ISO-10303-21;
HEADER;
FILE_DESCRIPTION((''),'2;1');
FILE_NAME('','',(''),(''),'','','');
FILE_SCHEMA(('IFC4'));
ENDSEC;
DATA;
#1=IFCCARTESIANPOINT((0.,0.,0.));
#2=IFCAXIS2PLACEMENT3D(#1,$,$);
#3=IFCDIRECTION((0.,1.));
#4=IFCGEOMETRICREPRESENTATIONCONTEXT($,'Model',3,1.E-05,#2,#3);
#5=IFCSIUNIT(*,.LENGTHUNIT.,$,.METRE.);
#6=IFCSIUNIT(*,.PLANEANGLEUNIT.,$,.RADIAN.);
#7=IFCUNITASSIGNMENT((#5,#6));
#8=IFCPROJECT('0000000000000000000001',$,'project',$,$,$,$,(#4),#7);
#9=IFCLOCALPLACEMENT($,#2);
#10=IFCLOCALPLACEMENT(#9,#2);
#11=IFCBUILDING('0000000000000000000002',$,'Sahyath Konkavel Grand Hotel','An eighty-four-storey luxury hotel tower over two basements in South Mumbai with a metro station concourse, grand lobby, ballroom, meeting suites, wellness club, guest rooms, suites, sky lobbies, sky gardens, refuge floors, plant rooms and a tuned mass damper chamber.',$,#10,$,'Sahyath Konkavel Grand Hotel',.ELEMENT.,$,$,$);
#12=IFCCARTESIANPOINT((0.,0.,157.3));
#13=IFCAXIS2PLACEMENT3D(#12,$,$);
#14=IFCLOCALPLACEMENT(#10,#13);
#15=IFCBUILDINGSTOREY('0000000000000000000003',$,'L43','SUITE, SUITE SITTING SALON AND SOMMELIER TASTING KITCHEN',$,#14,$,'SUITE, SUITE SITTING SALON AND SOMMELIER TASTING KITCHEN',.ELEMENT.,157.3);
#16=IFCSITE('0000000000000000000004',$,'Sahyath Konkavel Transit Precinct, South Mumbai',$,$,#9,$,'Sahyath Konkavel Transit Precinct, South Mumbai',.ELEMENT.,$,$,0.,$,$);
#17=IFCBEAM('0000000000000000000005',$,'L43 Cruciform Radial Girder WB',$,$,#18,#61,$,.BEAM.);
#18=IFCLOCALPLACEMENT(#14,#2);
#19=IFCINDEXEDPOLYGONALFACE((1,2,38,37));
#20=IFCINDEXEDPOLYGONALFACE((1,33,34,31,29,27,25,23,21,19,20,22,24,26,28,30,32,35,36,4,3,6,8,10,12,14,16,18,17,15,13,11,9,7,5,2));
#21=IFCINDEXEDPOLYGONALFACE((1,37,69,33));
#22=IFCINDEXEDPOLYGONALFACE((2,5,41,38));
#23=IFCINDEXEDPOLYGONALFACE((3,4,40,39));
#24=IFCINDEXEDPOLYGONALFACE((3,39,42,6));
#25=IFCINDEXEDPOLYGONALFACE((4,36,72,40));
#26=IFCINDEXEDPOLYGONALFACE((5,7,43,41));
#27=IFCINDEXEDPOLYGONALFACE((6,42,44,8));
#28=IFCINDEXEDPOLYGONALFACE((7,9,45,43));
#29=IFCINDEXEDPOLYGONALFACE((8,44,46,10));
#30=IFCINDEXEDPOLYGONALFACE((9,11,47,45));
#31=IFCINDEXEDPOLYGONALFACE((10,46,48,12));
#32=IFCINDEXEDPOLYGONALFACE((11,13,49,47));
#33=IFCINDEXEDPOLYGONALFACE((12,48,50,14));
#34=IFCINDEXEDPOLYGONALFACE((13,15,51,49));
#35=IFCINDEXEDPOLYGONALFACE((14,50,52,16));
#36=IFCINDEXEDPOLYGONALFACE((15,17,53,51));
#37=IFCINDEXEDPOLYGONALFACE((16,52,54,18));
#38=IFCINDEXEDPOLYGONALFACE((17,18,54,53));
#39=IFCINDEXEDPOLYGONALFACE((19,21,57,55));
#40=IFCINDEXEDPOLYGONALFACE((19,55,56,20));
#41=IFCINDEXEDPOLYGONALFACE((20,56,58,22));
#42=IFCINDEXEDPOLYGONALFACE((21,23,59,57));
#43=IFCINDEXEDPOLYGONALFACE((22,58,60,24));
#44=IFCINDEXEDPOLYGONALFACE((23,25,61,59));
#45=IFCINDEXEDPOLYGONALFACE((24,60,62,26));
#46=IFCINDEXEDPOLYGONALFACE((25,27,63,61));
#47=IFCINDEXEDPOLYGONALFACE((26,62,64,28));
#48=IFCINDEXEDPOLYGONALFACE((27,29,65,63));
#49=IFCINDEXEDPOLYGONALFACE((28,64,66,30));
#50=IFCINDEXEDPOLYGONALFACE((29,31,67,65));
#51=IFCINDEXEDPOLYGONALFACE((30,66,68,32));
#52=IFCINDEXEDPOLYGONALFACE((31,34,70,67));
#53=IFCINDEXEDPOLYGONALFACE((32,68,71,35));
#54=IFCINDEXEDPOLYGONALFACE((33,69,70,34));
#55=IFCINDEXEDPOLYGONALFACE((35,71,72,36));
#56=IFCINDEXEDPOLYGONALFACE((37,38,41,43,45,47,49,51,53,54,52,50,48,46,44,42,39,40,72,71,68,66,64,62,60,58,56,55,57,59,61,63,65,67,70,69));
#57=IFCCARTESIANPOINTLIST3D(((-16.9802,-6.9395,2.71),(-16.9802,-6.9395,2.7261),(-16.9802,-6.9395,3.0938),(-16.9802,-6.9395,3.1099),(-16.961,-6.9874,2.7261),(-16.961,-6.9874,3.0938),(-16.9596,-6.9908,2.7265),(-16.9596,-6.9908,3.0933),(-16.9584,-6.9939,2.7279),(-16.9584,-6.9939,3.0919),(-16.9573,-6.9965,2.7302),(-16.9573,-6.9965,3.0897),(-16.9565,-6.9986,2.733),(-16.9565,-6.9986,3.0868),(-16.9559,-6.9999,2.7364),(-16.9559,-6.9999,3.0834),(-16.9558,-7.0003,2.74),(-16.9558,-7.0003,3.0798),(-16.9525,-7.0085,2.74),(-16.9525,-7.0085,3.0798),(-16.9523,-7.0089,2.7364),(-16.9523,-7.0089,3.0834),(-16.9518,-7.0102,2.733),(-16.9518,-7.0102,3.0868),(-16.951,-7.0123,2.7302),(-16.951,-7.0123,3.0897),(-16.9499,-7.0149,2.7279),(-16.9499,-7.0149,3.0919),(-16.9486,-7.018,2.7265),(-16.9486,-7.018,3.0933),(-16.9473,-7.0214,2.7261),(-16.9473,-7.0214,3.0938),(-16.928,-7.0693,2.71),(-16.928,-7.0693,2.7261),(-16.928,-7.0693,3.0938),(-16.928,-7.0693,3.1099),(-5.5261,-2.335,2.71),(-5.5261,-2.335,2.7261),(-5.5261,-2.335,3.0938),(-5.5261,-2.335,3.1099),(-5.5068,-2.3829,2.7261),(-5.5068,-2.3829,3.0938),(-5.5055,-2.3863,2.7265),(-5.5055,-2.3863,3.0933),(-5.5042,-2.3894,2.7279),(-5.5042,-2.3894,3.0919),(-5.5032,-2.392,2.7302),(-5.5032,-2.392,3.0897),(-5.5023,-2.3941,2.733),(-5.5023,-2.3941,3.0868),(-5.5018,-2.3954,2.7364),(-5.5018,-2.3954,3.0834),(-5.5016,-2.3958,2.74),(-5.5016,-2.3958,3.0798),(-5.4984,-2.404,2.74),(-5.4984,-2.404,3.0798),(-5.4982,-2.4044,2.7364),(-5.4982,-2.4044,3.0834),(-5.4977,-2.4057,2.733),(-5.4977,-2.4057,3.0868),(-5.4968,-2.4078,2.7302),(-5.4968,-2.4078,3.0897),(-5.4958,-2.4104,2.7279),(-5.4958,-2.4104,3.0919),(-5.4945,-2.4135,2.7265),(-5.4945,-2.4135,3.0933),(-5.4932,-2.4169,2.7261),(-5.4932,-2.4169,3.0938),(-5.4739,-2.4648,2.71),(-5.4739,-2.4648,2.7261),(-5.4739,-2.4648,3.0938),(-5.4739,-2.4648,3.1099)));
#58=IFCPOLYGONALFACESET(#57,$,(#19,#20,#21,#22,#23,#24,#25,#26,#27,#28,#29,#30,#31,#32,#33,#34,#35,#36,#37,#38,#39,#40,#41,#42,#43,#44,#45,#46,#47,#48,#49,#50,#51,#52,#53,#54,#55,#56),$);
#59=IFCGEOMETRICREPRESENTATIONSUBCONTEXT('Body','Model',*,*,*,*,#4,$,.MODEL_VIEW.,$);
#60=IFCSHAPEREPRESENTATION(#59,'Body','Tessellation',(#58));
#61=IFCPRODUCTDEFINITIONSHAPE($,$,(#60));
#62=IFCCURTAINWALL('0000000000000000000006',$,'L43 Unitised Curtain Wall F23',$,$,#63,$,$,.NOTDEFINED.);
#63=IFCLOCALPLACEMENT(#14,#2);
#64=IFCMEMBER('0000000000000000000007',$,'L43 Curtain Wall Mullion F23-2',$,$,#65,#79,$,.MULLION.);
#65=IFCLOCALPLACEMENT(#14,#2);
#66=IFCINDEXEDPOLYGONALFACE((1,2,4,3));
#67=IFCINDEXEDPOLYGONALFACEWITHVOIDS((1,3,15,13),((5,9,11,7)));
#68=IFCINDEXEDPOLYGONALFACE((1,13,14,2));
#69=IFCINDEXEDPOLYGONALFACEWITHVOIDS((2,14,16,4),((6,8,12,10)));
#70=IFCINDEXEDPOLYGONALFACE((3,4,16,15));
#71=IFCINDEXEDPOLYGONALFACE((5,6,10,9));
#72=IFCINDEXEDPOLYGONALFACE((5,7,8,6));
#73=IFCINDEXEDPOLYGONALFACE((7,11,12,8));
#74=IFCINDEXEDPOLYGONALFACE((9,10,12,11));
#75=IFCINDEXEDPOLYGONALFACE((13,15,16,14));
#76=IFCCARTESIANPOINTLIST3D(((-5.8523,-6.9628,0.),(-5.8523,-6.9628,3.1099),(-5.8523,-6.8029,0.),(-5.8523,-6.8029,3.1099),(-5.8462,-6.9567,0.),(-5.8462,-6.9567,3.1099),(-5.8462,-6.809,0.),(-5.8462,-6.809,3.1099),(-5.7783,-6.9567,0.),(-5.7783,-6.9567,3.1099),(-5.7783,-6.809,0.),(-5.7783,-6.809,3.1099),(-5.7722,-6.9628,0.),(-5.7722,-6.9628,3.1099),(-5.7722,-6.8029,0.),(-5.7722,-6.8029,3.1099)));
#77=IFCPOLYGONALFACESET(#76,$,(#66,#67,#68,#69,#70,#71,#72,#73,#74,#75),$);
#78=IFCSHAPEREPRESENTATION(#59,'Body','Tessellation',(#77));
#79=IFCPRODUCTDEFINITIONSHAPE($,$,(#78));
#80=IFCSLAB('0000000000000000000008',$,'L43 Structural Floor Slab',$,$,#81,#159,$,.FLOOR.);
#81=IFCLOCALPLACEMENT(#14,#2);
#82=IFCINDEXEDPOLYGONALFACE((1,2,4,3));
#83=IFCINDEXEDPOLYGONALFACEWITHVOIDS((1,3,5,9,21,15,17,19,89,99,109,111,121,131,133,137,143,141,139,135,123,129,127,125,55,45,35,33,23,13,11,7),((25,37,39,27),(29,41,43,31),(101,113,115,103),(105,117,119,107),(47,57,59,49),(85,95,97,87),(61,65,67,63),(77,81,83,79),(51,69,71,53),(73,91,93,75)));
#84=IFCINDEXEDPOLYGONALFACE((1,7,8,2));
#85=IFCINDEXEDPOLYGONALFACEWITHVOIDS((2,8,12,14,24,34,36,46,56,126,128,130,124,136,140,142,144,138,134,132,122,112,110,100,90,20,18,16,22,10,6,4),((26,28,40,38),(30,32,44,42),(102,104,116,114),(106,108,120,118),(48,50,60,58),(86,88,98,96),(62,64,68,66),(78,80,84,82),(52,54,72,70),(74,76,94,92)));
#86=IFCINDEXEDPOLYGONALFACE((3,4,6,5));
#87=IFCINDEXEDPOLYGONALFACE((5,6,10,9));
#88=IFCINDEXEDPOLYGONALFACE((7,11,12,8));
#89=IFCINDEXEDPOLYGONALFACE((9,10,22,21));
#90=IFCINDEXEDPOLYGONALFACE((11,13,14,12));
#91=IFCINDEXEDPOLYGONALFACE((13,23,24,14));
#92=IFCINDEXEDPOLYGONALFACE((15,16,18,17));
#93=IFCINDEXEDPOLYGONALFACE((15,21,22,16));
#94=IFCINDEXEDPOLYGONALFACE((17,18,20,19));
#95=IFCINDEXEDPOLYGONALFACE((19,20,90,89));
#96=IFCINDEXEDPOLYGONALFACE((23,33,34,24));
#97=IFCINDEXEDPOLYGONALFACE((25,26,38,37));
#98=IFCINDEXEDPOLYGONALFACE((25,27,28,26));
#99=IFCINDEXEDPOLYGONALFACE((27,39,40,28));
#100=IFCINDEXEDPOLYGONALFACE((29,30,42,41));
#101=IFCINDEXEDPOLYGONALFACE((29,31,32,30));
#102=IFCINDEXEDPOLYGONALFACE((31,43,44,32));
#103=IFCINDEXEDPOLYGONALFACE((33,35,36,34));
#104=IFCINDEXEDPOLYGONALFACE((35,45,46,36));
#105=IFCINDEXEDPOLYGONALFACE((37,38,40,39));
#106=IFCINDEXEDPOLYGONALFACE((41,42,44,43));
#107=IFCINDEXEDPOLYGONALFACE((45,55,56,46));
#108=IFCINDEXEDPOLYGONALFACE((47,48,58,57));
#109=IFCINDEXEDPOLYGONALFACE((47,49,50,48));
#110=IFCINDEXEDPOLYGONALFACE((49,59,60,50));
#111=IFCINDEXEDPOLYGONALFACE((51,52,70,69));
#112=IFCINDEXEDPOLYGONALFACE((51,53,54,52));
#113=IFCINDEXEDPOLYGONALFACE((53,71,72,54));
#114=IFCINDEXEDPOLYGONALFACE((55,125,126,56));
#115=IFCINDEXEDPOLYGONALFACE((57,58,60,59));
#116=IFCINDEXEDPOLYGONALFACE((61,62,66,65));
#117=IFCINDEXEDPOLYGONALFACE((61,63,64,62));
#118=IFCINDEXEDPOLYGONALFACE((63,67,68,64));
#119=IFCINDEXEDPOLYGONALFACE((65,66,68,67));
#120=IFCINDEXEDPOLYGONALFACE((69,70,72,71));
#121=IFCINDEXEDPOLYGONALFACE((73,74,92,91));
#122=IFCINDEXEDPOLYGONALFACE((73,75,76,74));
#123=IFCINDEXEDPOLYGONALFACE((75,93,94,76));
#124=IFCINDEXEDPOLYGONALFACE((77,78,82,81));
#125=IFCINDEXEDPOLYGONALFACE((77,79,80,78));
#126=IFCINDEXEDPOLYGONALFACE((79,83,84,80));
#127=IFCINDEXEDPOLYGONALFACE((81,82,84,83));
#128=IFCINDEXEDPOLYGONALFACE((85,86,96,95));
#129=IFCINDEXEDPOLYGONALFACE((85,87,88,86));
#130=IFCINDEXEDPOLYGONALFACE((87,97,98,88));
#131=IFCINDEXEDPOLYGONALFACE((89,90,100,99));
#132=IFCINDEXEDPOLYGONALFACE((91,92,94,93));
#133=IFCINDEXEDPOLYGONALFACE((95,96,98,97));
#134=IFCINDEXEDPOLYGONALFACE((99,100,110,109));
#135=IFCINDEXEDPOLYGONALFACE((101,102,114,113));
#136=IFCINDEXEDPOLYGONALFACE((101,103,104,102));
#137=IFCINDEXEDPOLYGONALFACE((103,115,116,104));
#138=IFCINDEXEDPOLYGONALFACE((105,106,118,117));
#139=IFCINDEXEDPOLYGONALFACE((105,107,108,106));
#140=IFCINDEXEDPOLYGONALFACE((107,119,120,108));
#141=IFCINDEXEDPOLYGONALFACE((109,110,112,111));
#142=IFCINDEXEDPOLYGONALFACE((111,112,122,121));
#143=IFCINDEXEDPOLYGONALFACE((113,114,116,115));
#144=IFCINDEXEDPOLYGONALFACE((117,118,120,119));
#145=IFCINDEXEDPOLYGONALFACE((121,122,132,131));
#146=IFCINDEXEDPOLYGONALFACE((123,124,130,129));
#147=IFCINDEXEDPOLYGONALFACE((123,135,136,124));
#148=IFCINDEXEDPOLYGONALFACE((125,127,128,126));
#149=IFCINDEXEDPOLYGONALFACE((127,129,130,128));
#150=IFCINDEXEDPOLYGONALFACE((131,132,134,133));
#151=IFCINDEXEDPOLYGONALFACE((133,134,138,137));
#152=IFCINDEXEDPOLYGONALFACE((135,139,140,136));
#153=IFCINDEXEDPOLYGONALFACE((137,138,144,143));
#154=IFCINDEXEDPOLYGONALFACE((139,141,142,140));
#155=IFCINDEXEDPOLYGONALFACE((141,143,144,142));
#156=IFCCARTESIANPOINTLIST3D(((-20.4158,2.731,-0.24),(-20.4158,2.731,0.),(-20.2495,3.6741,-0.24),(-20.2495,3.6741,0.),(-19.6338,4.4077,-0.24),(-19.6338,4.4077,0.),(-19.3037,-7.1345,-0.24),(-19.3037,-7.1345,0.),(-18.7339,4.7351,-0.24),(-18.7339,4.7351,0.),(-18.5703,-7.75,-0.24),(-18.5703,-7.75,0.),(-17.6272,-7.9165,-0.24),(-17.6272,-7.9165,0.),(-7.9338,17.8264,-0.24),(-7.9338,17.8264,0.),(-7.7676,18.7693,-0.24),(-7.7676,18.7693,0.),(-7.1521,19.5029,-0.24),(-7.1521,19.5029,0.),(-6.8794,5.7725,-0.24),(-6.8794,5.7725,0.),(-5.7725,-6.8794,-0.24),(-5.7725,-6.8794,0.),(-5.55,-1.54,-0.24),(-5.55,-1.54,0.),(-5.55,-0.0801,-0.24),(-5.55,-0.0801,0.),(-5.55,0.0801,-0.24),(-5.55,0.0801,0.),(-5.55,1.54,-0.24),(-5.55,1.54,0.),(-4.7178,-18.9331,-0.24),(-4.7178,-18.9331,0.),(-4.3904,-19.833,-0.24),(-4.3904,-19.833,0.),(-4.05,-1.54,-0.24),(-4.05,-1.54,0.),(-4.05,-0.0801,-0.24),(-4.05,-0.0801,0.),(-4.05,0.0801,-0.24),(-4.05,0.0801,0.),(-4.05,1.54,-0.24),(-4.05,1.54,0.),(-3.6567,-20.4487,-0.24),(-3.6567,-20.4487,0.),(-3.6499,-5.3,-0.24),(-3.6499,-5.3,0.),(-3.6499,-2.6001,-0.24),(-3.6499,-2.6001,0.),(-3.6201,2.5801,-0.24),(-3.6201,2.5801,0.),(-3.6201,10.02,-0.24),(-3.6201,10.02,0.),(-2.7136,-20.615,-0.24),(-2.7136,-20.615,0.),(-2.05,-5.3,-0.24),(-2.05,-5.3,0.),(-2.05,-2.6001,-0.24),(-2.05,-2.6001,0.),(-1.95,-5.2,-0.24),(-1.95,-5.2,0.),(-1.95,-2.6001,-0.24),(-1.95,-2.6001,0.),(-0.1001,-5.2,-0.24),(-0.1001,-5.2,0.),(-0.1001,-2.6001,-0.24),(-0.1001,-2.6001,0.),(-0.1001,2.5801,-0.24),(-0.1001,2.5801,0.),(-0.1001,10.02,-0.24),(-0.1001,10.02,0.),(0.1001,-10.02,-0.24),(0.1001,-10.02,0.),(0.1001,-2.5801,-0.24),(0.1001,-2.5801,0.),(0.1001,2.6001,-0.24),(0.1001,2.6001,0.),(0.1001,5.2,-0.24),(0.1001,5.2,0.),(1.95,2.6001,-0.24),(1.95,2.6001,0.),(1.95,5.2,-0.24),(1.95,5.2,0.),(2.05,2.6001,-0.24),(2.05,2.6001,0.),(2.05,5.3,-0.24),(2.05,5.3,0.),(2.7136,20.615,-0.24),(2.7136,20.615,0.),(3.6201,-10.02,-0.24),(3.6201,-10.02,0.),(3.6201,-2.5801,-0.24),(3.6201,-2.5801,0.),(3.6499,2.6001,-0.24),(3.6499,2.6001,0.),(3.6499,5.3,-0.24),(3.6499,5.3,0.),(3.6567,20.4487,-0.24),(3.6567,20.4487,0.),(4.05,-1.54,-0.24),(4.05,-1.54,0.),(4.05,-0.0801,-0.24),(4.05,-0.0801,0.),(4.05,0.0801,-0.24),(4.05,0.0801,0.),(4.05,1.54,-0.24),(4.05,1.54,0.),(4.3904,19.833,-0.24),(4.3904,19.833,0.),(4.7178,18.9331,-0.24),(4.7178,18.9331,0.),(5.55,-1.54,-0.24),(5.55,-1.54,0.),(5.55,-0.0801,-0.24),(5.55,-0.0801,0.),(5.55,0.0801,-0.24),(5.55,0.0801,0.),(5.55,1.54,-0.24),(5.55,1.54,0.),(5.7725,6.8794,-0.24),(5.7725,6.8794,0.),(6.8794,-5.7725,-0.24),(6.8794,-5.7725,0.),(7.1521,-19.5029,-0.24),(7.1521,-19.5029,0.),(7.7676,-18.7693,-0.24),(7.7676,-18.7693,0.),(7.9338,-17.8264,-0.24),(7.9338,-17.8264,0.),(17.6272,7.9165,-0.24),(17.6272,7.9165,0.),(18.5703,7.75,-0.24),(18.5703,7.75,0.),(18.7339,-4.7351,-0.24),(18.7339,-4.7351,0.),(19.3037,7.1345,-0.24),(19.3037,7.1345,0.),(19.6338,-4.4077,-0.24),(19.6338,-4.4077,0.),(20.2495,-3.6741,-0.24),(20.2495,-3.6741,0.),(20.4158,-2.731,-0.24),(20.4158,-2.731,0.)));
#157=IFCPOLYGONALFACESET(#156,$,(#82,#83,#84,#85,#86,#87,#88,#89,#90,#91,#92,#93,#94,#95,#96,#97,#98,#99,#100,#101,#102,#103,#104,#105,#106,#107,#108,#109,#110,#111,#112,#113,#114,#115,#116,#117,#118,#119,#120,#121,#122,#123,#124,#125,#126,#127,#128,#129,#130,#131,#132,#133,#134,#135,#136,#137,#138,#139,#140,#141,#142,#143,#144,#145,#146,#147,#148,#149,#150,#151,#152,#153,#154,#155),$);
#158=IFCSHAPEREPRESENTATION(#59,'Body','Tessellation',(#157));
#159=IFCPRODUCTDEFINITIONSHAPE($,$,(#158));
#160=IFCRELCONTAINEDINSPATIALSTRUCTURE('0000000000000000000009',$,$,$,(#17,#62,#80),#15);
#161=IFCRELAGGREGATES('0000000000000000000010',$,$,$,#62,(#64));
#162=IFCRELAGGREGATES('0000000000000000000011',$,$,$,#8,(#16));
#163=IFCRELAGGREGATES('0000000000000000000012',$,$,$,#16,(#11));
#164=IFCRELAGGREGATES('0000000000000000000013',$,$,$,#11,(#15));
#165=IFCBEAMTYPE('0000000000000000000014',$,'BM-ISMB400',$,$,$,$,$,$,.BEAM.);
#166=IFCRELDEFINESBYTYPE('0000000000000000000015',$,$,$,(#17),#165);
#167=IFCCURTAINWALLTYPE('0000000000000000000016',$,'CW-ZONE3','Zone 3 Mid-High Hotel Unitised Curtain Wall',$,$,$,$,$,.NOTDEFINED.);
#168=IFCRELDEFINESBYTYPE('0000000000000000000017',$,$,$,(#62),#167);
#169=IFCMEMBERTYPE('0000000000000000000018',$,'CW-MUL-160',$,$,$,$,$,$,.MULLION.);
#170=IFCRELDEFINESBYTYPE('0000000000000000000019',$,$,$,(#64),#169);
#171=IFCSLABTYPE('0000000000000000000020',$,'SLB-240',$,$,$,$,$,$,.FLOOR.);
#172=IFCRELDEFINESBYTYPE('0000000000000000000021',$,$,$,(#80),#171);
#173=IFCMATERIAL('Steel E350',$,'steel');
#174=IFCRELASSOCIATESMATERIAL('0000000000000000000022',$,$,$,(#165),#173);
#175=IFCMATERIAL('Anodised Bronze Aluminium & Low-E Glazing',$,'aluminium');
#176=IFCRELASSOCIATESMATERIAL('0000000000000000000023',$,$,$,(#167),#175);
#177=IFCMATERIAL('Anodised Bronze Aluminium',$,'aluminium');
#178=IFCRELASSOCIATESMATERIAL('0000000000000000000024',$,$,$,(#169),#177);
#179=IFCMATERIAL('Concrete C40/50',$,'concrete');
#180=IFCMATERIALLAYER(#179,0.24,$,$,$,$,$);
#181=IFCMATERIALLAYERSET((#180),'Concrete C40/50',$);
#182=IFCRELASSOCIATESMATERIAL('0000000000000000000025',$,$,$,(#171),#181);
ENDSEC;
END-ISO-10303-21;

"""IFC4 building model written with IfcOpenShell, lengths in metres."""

from ifc_helpers import new_model, si_unit, direction, frame, origin, origin_2d, place, context, subcontext, project, spatial, polyline, hollow_rectangle, i_section, outline, extrude, source, transform, mapped, material, layer, layer_set, material_profile, profile_set, type_object, element, aggregate, save


model = new_model("IFC4")

# Units and contexts
model_context = context("Model", 3, precision=1e-05, world=origin(), true_north=direction((0.0, 1.0)))
body_context = subcontext(model_context, "Body", "Model", "MODEL_VIEW")
ifc_project = project(units=[si_unit("LENGTHUNIT", "METRE"), si_unit("PLANEANGLEUNIT", "RADIAN")], contexts=[model_context])

# Site, building, storey
site_placement = place(None, origin())
site = spatial("IfcSite", under=ifc_project, at=site_placement, Name="Sahyath Konkavel Transit Precinct, South Mumbai", LongName="Sahyath Konkavel Transit Precinct, South Mumbai", CompositionType="ELEMENT", RefElevation=0.0)
building_placement = place(site_placement, origin())
building = spatial("IfcBuilding", under=site, at=building_placement, Name="Sahyath Konkavel Grand Hotel", Description="An eighty-four-storey luxury hotel tower over two basements in South Mumbai with a metro station concourse, grand lobby, ballroom, meeting suites, wellness club, guest rooms, suites, sky lobbies, sky gardens, refuge floors, plant rooms and a tuned mass damper chamber.", LongName="Sahyath Konkavel Grand Hotel", CompositionType="ELEMENT")
storey_placement = place(building_placement, frame((0.0, 0.0, 157.3)))
storey = spatial("IfcBuildingStorey", under=building, at=storey_placement, Name="L43", Description="SUITE, SUITE SITTING SALON AND SOMMELIER TASTING KITCHEN", LongName="SUITE, SUITE SITTING SALON AND SOMMELIER TASTING KITCHEN", CompositionType="ELEMENT", Elevation=157.3)

# Beam
ifc_material_1 = material(Name="Steel E350", Category="steel")
ifc_material_profile_1 = material_profile(ifc_material_1, i_section(OverallWidth=0.1399, OverallDepth=0.3999, WebThickness=0.0088, FlangeThickness=0.0161, FilletRadius=0.0139, at=origin_2d()), Name="ISMB 400")
ifc_profile_set_1 = profile_set([ifc_material_profile_1], Name="Steel E350")
beam_type_1 = type_object("IfcBeamType", Name="BM-ISMB400", PredefinedType="BEAM", material=ifc_profile_set_1)
shared_shape_1 = source(origin(), body_context, "Body", "SweptSolid", [
    extrude(i_section(OverallWidth=0.1399, OverallDepth=0.3999, WebThickness=0.0088, FlangeThickness=0.0161, FilletRadius=0.0139, at=origin_2d()), origin(), (0.0, 0.0, 1.0), 12.345),
])
beam_1_placement = place(storey_placement, frame((-5.5, -2.3999, 2.9099), z_axis=(-0.927837, -0.372986, 0.0), x_axis=(0.372986, -0.927837, 0.0)))
element("IfcBeam", 1, at=beam_1_placement, inside=storey, type_object=beam_type_1, Name="L43 Cruciform Radial Girder WB", PredefinedType="BEAM", context=body_context, shape_type="MappedRepresentation", body=[
    mapped(shared_shape_1, transform((0.0, 0.0, 0.0), scale=1.0)),
])

# Curtain wall, member
ifc_material_2 = material(Name="Anodised Bronze Aluminium & Low-E Glazing", Category="aluminium")
curtain_wall_type = type_object("IfcCurtainWallType", Name="CW-ZONE3", Description="Zone 3 Mid-High Hotel Unitised Curtain Wall", PredefinedType="NOTDEFINED", material=ifc_material_2)
curtain_wall_placement = place(storey_placement, origin())
curtain_wall = element("IfcCurtainWall", 2, at=curtain_wall_placement, inside=storey, type_object=curtain_wall_type, Name="L43 Unitised Curtain Wall F23", PredefinedType="NOTDEFINED")
ifc_material_3 = material(Name="Anodised Bronze Aluminium", Category="aluminium")
ifc_material_profile_2 = material_profile(ifc_material_3, hollow_rectangle(XDim=0.0801, YDim=0.1599, WallThickness=0.0061, at=origin_2d()), Name="RHS 160x80x6")
ifc_profile_set_2 = profile_set([ifc_material_profile_2], Name="Anodised Bronze Aluminium")
member_type = type_object("IfcMemberType", Name="CW-MUL-160", PredefinedType="MULLION", material=ifc_profile_set_2)
shared_shape_2 = source(origin(), body_context, "Body", "SweptSolid", [
    extrude(hollow_rectangle(XDim=0.0801, YDim=0.1599, WallThickness=0.0061, at=origin_2d()), origin(), (0.0, 0.0, 1.0), 3.1099),
])
member_placement = place(storey_placement, frame((-5.8123, -6.8828, 0.0), z_axis=(0.0, 0.0, 1.0), x_axis=(1.0, 0.0, 0.0)))
member = element("IfcMember", 3, at=member_placement, type_object=member_type, Name="L43 Curtain Wall Mullion F23-2", PredefinedType="MULLION", context=body_context, shape_type="MappedRepresentation", body=[
    mapped(shared_shape_2, transform((0.0, 0.0, 0.0), scale=1.0)),
])
aggregate(curtain_wall, [member])

# Slab
ifc_material_4 = material(Name="Concrete C40/50", Category="concrete")
ifc_layer_1 = layer(ifc_material_4, 0.24)
ifc_layer_set_1 = layer_set([ifc_layer_1], Name="Concrete C40/50")
slab_type = type_object("IfcSlabType", Name="SLB-240", PredefinedType="FLOOR", material=ifc_layer_set_1)
slab_placement = place(storey_placement, frame((0.0, 0.0, -0.24)))
element("IfcSlab", 4, at=slab_placement, inside=storey, type_object=slab_type, Name="L43 Structural Floor Slab", PredefinedType="FLOOR", context=body_context, shape_type="SweptSolid", body=[
    extrude(outline(polyline([(6.8794, -5.7725), (18.7339, -4.7351), (19.6338, -4.4077), (20.2495, -3.6741), (20.4158, -2.731), (19.3037, 7.1345), (18.5703, 7.75), (17.6272, 7.9165), (5.7725, 6.8794), (4.7178, 18.9331), (4.3904, 19.833), (3.6567, 20.4487), (2.7136, 20.615), (-7.1521, 19.5029), (-7.7676, 18.7693), (-7.9338, 17.8264), (-6.8794, 5.7725), (-18.7339, 4.7351), (-19.6338, 4.4077), (-20.2495, 3.6741), (-20.4158, 2.731), (-19.3037, -7.1345), (-18.5703, -7.75), (-17.6272, -7.9165), (-5.7725, -6.8794), (-4.7178, -18.9331), (-4.3904, -19.833), (-3.6567, -20.4487), (-2.7136, -20.615), (7.1521, -19.5029), (7.7676, -18.7693), (7.9338, -17.8264), (6.8794, -5.7725)]), holes=[polyline([(-3.6201, 2.5801), (-0.1001, 2.5801), (-0.1001, 10.02), (-3.6201, 10.02), (-3.6201, 2.5801)]), polyline([(0.1001, -10.02), (3.6201, -10.02), (3.6201, -2.5801), (0.1001, -2.5801), (0.1001, -10.02)]), polyline([(0.1001, 2.6001), (1.95, 2.6001), (1.95, 5.2), (0.1001, 5.2), (0.1001, 2.6001)]), polyline([(-1.95, -5.2), (-0.1001, -5.2), (-0.1001, -2.6001), (-1.95, -2.6001), (-1.95, -5.2)]), polyline([(2.05, 2.6001), (3.6499, 2.6001), (3.6499, 5.3), (2.05, 5.3), (2.05, 2.6001)]), polyline([(-3.6499, -5.3), (-2.05, -5.3), (-2.05, -2.6001), (-3.6499, -2.6001), (-3.6499, -5.3)]), polyline([(4.05, 0.0801), (5.55, 0.0801), (5.55, 1.54), (4.05, 1.54), (4.05, 0.0801)]), polyline([(4.05, -1.54), (5.55, -1.54), (5.55, -0.0801), (4.05, -0.0801), (4.05, -1.54)]), polyline([(-5.55, 0.0801), (-4.05, 0.0801), (-4.05, 1.54), (-5.55, 1.54), (-5.55, 0.0801)]), polyline([(-5.55, -1.54), (-4.05, -1.54), (-4.05, -0.0801), (-5.55, -0.0801), (-5.55, -1.54)])]), origin(), (0.0, 0.0, 1.0), 0.24),
])

save(model, "model.ifc")
